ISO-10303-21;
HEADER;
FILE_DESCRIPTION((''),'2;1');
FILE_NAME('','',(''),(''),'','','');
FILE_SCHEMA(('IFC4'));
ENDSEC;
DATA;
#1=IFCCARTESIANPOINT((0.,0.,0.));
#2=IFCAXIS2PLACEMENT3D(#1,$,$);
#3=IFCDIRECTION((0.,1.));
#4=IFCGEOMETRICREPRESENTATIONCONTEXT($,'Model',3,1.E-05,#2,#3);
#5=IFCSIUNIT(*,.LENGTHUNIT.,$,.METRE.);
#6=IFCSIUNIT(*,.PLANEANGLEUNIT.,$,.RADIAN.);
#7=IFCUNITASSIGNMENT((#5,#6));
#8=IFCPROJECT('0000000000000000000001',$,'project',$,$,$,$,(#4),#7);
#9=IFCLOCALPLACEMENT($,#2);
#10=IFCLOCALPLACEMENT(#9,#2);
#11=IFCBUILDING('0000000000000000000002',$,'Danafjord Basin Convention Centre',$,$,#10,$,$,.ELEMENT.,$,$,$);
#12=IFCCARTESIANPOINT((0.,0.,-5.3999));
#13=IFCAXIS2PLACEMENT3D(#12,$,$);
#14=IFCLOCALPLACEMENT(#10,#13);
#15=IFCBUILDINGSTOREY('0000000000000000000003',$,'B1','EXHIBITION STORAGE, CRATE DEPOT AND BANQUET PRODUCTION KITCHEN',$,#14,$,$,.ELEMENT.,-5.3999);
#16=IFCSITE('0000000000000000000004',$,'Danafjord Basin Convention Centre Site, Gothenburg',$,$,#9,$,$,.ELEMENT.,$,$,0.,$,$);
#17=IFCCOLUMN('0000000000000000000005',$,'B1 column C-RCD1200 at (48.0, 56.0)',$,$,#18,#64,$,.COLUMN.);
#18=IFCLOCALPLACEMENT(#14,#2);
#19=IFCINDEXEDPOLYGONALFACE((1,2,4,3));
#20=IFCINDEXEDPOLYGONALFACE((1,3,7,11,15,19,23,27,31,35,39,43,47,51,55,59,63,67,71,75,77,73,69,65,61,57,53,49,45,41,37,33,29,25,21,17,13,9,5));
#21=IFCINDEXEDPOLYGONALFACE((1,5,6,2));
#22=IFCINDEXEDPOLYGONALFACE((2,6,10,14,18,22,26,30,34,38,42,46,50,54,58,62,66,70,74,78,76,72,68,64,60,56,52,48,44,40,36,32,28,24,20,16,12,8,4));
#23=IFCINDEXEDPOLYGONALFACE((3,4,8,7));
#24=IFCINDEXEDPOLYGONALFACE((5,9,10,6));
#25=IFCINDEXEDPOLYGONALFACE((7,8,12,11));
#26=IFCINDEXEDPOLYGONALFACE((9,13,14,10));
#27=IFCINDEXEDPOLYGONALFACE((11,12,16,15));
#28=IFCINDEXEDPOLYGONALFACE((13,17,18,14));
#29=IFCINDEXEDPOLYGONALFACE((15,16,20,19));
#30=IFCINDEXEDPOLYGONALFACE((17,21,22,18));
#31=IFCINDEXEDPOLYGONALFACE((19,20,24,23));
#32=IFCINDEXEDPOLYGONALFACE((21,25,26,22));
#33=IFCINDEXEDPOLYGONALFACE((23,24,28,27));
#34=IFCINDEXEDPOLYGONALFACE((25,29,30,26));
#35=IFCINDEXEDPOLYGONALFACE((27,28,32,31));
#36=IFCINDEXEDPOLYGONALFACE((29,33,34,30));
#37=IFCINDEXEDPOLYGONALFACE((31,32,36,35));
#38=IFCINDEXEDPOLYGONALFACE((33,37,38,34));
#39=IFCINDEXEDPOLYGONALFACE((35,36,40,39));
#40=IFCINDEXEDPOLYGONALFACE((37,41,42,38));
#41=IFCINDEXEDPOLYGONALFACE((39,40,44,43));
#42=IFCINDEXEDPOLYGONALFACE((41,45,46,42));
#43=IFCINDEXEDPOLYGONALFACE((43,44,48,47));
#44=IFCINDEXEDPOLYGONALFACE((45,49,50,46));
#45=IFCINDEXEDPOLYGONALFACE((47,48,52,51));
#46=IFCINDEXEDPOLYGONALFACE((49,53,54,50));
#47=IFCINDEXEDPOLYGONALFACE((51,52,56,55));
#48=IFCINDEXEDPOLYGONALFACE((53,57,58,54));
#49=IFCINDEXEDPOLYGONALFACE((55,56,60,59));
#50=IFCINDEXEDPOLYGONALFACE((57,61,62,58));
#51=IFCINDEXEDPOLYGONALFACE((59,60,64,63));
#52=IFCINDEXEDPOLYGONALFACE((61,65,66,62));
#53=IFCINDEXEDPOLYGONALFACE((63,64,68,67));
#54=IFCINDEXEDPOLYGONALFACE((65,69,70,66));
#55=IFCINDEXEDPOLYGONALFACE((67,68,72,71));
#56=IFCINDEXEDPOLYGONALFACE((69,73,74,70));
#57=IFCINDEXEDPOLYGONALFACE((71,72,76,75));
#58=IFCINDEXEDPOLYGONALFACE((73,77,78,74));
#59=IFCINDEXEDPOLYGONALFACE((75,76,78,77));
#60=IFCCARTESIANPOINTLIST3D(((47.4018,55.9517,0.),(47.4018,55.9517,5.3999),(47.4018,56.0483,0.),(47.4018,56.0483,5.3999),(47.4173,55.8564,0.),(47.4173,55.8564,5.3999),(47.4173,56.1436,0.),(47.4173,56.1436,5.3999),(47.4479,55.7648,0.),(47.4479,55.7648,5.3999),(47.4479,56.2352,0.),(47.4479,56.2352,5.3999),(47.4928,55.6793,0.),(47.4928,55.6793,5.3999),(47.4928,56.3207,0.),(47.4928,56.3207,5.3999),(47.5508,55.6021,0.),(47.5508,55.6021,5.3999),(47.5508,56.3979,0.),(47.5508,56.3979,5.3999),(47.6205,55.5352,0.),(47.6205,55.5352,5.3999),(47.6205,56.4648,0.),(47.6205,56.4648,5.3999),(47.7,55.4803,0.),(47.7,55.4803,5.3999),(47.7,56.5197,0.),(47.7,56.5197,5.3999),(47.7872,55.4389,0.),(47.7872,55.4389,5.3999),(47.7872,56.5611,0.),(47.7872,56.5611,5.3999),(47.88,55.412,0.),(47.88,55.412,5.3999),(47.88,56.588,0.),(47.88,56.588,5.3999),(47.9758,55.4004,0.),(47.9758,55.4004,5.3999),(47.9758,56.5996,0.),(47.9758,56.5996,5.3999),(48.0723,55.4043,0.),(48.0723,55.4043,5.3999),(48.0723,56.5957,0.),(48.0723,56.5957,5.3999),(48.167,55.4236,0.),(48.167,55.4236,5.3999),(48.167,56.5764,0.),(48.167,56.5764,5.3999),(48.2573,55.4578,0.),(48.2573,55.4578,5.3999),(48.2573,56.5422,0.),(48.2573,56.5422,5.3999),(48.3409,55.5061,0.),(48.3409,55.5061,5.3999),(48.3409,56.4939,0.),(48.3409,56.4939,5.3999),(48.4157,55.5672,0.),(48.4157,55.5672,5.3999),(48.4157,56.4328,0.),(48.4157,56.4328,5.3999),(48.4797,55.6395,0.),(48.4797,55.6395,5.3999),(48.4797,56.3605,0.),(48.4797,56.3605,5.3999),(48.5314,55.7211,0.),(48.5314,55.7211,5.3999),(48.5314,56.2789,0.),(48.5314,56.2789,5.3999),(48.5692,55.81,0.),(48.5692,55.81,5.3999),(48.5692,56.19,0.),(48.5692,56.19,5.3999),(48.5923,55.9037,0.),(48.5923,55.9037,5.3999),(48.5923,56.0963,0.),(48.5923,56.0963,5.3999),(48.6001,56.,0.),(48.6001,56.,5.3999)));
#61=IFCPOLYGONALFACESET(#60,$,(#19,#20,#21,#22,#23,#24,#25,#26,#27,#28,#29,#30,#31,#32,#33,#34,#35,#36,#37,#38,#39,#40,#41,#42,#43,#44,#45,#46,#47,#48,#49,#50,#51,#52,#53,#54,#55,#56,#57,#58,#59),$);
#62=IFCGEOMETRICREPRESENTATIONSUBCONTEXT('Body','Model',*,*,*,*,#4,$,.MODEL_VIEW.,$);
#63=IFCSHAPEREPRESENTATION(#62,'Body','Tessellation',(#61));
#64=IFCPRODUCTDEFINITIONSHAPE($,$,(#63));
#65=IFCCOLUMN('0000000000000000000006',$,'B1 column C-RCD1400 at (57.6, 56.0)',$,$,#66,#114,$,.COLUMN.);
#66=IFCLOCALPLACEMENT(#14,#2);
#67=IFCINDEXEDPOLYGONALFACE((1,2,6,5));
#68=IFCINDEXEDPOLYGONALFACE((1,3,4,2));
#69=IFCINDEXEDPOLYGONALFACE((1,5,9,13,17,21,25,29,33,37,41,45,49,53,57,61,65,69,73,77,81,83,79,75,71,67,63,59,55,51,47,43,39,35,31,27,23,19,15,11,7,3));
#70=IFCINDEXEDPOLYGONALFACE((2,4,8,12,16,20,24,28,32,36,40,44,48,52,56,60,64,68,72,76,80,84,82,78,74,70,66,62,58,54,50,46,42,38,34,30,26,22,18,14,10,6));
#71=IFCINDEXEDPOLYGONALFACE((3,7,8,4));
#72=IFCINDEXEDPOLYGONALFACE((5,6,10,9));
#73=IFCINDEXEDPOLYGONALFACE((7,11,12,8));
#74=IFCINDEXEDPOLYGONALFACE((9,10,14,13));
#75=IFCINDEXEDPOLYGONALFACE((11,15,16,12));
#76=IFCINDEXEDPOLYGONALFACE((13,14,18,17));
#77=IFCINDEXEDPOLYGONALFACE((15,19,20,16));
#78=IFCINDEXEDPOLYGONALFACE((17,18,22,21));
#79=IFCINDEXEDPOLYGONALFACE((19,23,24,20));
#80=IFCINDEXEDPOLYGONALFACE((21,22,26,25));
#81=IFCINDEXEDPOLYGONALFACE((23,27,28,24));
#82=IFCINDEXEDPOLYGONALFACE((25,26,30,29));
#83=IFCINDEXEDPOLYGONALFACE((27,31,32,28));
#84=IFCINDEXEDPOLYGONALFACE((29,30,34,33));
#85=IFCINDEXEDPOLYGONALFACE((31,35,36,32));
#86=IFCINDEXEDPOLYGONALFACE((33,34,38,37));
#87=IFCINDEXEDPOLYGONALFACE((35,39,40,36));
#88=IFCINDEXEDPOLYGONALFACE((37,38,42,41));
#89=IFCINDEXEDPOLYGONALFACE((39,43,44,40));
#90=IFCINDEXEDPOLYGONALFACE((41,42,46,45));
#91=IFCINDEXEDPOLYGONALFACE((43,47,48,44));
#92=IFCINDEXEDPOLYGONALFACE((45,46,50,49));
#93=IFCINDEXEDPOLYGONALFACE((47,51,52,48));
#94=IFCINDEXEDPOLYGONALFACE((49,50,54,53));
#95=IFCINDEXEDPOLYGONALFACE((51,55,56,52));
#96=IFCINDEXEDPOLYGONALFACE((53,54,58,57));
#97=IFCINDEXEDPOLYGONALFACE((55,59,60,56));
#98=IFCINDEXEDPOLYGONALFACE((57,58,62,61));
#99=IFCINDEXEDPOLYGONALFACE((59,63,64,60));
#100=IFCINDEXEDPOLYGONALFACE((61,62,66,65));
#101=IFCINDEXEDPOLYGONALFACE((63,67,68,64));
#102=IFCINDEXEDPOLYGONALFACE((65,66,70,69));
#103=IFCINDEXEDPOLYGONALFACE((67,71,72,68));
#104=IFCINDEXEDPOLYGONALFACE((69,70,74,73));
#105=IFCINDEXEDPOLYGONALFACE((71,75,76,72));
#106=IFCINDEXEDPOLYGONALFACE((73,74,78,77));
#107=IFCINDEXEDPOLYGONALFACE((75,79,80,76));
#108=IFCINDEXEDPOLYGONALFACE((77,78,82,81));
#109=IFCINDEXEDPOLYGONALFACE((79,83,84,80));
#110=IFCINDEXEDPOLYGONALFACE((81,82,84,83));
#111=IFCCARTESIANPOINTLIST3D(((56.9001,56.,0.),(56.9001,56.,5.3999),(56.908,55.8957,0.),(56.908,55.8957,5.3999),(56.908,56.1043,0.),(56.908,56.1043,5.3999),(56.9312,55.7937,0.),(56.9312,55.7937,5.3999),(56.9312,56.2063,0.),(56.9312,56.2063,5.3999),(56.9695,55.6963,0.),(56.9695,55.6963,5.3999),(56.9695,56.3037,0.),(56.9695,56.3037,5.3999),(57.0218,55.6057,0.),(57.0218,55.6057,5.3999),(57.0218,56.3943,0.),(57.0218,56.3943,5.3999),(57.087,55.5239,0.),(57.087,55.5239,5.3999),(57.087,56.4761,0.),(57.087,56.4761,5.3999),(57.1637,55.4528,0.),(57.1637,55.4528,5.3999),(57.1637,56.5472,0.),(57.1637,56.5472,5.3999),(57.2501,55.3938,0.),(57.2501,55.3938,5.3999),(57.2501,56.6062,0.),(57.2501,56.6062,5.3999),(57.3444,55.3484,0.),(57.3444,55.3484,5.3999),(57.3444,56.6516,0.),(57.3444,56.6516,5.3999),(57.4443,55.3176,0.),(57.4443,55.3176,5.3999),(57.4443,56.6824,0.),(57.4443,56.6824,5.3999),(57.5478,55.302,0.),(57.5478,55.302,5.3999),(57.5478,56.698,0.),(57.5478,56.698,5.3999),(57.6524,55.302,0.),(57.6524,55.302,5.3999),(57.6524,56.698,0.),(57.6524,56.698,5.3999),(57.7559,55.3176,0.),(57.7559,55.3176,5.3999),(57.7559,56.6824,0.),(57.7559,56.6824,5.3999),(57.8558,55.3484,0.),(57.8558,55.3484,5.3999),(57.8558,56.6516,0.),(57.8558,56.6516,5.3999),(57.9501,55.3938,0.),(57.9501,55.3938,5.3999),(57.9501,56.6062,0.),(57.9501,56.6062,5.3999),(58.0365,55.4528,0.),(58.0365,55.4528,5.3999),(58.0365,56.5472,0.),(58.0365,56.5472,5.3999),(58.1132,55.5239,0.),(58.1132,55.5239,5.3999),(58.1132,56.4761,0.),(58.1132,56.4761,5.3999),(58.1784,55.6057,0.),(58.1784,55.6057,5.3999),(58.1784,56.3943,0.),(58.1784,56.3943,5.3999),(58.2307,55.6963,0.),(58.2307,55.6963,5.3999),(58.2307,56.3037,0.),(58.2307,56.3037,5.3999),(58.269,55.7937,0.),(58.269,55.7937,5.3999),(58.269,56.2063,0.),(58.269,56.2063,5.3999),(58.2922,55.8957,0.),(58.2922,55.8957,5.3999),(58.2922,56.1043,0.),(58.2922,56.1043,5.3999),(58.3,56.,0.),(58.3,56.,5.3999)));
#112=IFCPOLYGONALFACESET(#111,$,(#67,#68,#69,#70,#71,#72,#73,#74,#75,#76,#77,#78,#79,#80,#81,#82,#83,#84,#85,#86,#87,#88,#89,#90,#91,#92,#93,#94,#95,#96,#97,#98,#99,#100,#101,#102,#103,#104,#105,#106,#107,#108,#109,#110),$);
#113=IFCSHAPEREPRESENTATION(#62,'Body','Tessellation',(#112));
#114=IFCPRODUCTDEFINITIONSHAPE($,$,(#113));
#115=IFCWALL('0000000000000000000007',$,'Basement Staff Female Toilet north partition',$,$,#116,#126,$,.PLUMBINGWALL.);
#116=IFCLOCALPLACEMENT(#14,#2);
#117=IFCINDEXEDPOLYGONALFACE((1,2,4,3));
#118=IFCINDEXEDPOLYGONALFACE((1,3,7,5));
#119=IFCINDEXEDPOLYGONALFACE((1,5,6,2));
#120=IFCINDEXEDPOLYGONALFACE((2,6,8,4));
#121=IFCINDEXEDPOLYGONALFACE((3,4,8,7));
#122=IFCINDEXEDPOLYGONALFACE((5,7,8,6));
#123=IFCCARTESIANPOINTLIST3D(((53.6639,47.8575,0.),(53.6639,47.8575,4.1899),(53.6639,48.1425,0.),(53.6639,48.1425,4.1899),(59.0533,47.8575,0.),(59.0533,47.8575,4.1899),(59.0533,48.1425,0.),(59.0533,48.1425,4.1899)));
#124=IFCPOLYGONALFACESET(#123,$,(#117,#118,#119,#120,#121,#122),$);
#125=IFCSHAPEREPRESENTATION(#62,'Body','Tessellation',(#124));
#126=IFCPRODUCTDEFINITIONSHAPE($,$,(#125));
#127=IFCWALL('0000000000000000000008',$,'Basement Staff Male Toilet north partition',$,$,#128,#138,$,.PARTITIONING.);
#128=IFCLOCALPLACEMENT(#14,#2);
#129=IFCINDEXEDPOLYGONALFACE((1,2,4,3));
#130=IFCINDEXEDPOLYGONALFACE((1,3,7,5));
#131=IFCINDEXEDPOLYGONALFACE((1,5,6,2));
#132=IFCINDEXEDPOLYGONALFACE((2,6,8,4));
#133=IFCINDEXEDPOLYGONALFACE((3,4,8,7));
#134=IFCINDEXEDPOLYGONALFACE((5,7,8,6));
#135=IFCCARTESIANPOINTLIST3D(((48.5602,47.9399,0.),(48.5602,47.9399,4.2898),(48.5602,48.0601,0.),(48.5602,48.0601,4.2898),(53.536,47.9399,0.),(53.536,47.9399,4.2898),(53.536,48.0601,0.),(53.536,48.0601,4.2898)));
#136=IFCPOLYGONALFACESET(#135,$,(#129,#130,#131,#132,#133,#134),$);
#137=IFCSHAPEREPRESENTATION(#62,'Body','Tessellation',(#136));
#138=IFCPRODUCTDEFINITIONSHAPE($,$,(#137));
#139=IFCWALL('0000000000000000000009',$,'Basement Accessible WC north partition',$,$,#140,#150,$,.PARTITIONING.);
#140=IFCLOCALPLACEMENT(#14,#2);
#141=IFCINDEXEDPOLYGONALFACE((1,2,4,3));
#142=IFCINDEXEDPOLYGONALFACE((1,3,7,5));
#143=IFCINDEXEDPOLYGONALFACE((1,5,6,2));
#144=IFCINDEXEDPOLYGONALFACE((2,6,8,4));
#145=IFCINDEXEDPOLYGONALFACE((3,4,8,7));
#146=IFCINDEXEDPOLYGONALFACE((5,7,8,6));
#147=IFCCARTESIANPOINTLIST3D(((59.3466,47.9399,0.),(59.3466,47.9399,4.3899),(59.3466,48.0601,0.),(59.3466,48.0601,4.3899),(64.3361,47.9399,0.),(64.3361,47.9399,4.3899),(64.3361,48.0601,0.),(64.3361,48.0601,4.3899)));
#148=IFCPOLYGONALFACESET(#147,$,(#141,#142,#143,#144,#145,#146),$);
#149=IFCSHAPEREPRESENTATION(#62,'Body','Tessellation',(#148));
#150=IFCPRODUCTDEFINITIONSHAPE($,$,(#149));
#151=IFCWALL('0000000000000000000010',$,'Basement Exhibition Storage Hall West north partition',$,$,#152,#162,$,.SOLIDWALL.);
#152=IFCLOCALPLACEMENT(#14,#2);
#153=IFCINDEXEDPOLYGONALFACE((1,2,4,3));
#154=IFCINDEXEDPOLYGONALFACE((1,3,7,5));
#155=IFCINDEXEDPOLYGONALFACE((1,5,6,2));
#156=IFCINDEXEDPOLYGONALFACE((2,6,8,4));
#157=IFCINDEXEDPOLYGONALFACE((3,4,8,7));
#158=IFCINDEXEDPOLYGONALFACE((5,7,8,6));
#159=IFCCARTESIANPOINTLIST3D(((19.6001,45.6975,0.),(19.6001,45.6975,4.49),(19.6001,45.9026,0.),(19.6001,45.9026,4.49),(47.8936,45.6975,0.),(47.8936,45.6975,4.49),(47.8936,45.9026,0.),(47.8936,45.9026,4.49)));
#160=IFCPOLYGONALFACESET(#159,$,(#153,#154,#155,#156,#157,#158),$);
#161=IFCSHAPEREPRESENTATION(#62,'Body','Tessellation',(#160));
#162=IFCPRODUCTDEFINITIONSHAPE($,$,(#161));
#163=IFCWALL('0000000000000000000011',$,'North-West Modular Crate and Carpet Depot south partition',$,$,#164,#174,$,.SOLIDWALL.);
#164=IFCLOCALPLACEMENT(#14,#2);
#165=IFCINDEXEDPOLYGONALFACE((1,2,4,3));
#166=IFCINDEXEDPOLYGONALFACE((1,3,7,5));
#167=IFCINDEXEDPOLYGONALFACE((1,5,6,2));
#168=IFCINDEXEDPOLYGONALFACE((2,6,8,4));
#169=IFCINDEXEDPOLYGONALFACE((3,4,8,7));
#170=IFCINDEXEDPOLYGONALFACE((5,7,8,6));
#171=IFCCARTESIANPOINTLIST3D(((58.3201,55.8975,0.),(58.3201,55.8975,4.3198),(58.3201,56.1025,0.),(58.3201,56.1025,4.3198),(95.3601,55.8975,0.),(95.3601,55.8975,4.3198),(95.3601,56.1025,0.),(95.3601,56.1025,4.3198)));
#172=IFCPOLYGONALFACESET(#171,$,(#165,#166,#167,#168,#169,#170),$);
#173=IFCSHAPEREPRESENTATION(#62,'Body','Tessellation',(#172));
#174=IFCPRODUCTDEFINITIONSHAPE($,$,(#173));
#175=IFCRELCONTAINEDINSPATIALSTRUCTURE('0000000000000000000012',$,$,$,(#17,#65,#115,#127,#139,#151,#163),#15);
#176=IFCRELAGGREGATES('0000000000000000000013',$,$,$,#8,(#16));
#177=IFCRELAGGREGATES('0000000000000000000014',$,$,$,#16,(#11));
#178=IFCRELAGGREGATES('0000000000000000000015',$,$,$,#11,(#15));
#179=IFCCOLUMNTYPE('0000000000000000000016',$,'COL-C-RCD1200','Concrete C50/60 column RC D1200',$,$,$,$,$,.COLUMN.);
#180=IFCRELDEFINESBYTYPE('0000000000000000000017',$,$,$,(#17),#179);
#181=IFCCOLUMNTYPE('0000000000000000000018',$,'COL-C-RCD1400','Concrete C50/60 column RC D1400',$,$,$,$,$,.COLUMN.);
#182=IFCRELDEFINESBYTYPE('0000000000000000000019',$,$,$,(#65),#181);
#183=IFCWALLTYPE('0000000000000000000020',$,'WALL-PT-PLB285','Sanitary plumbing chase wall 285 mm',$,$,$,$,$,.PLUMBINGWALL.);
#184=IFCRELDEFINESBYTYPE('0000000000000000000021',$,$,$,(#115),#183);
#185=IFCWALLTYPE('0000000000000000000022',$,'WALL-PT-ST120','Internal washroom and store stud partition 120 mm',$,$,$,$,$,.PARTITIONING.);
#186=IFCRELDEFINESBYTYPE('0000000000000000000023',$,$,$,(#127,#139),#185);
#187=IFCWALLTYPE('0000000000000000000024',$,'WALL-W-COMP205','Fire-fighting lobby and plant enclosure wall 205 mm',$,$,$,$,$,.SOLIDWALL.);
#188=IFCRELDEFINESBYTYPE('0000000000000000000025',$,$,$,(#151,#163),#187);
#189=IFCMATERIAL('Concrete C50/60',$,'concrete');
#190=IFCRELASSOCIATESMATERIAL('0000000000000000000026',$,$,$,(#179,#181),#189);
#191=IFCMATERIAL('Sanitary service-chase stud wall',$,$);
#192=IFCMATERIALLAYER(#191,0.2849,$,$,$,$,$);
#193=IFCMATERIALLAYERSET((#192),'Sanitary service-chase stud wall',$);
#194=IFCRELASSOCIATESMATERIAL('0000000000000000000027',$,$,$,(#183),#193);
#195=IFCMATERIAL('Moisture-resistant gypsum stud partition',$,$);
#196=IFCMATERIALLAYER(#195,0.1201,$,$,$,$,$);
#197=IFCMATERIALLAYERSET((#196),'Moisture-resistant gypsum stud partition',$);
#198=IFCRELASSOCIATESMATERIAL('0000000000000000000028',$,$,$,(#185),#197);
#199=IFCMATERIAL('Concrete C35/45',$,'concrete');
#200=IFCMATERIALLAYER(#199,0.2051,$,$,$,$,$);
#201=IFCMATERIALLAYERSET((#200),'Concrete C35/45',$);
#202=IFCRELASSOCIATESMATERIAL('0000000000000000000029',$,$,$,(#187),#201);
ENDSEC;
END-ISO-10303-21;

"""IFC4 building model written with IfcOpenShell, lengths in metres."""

from ifc_helpers import new_model, si_unit, direction, frame, frame_2d, origin, origin_2d, place, context, subcontext, project, spatial, rectangle, circle, extrude, material, layer, layer_set, material_profile, profile_set, type_object, element, save


model = new_model("IFC4")

# Units and contexts
model_context = context("Model", 3, precision=1e-05, world=origin(), true_north=direction((0.0, 1.0)))
body_context = subcontext(model_context, "Body", "Model", "MODEL_VIEW")
ifc_project = project(units=[si_unit("LENGTHUNIT", "METRE"), si_unit("PLANEANGLEUNIT", "RADIAN")], contexts=[model_context])

# Site, building, storey
site_placement = place(None, origin())
site = spatial("IfcSite", under=ifc_project, at=site_placement, Name="Danafjord Basin Convention Centre Site, Gothenburg", CompositionType="ELEMENT", RefElevation=0.0)
building_placement = place(site_placement, origin())
building = spatial("IfcBuilding", under=site, at=building_placement, Name="Danafjord Basin Convention Centre", CompositionType="ELEMENT")
storey_placement = place(building_placement, frame((0.0, 0.0, -5.3999)))
storey = spatial("IfcBuildingStorey", under=building, at=storey_placement, Name="B1", Description="EXHIBITION STORAGE, CRATE DEPOT AND BANQUET PRODUCTION KITCHEN", CompositionType="ELEMENT", Elevation=-5.3999)

# Shared definitions
ifc_material_1 = material(Name="Concrete C35/45", Category="concrete")

# Columns
ifc_material_2 = material(Name="Concrete C50/60", Category="concrete")
ifc_material_profile_1 = material_profile(ifc_material_2, circle(Radius=0.6001, at=origin_2d()), Name="RC D1200")
ifc_profile_set_1 = profile_set([ifc_material_profile_1], Name="Concrete C50/60")
column_type_1 = type_object("IfcColumnType", Name="COL-C-RCD1200", Description="Concrete C50/60 column RC D1200", PredefinedType="COLUMN", material=ifc_profile_set_1)
column_1_placement = place(storey_placement, frame((48.0, 56.0, 0.0), z_axis=(0.0, 0.0, 1.0), x_axis=(1.0, 0.0, 0.0)))
element("IfcColumn", 1, at=column_1_placement, inside=storey, type_object=column_type_1, Name="B1 column C-RCD1200 at (48.0, 56.0)", PredefinedType="COLUMN", context=body_context, shape_type="SweptSolid", body=[
    extrude(circle(Radius=0.6001, at=origin_2d()), origin(), (0.0, 0.0, 1.0), 5.3999),
])
ifc_material_profile_2 = material_profile(ifc_material_2, circle(Radius=0.7, at=origin_2d()), Name="RC D1400")
ifc_profile_set_2 = profile_set([ifc_material_profile_2], Name="Concrete C50/60")
column_type_2 = type_object("IfcColumnType", Name="COL-C-RCD1400", Description="Concrete C50/60 column RC D1400", PredefinedType="COLUMN", material=ifc_profile_set_2)
column_2_placement = place(storey_placement, frame((57.6001, 56.0, 0.0), z_axis=(0.0, 0.0, 1.0), x_axis=(1.0, 0.0, 0.0)))
element("IfcColumn", 2, at=column_2_placement, inside=storey, type_object=column_type_2, Name="B1 column C-RCD1400 at (57.6, 56.0)", PredefinedType="COLUMN", context=body_context, shape_type="SweptSolid", body=[
    extrude(circle(Radius=0.7, at=origin_2d()), origin(), (0.0, 0.0, 1.0), 5.3999),
])

# Walls
ifc_material_3 = material(Name="Sanitary service-chase stud wall")
ifc_layer_1 = layer(ifc_material_3, 0.2849)
ifc_layer_set_1 = layer_set([ifc_layer_1], Name="Sanitary service-chase stud wall")
wall_type_1 = type_object("IfcWallType", Name="WALL-PT-PLB285", Description="Sanitary plumbing chase wall 285 mm", PredefinedType="PLUMBINGWALL", material=ifc_layer_set_1)
wall_1_placement = place(storey_placement, frame((59.0535, 48.0, 0.0), z_axis=(0.0, 0.0, 1.0), x_axis=(-1.0, 0.0, 0.0)))
element("IfcWall", 3, at=wall_1_placement, inside=storey, type_object=wall_type_1, Name="Basement Staff Female Toilet north partition", PredefinedType="PLUMBINGWALL", context=body_context, shape_type="SweptSolid", body=[
    extrude(rectangle(XDim=5.3894, YDim=0.2849, at=frame_2d((2.6948, 0.0))), origin(), (0.0, 0.0, 1.0), 4.1899),
])
ifc_material_4 = material(Name="Moisture-resistant gypsum stud partition")
ifc_layer_2 = layer(ifc_material_4, 0.1201)
ifc_layer_set_2 = layer_set([ifc_layer_2], Name="Moisture-resistant gypsum stud partition")
wall_type_2 = type_object("IfcWallType", Name="WALL-PT-ST120", Description="Internal washroom and store stud partition 120 mm", PredefinedType="PARTITIONING", material=ifc_layer_set_2)
wall_2_placement = place(storey_placement, frame((53.5359, 48.0, 0.0), z_axis=(0.0, 0.0, 1.0), x_axis=(-1.0, 0.0, 0.0)))
element("IfcWall", 4, at=wall_2_placement, inside=storey, type_object=wall_type_2, Name="Basement Staff Male Toilet north partition", PredefinedType="PARTITIONING", context=body_context, shape_type="SweptSolid", body=[
    extrude(rectangle(XDim=4.9758, YDim=0.1201, at=frame_2d((2.4878, 0.0))), origin(), (0.0, 0.0, 1.0), 4.2898),
])
wall_3_placement = place(storey_placement, frame((64.3359, 48.0, 0.0), z_axis=(0.0, 0.0, 1.0), x_axis=(-1.0, 0.0, 0.0)))
element("IfcWall", 5, at=wall_3_placement, inside=storey, type_object=wall_type_2, Name="Basement Accessible WC north partition", PredefinedType="PARTITIONING", context=body_context, shape_type="SweptSolid", body=[
    extrude(rectangle(XDim=4.9895, YDim=0.1201, at=frame_2d((2.4946, 0.0))), origin(), (0.0, 0.0, 1.0), 4.3899),
])
ifc_layer_3 = layer(ifc_material_1, 0.2051)
ifc_layer_set_3 = layer_set([ifc_layer_3], Name="Concrete C35/45")
wall_type_3 = type_object("IfcWallType", Name="WALL-W-COMP205", Description="Fire-fighting lobby and plant enclosure wall 205 mm", PredefinedType="SOLIDWALL", material=ifc_layer_set_3)
wall_4_placement = place(storey_placement, frame((47.8936, 45.8, 0.0), z_axis=(0.0, 0.0, 1.0), x_axis=(-1.0, 0.0, 0.0)))
element("IfcWall", 6, at=wall_4_placement, inside=storey, type_object=wall_type_3, Name="Basement Exhibition Storage Hall West north partition", PredefinedType="SOLIDWALL", context=body_context, shape_type="SweptSolid", body=[
    extrude(rectangle(XDim=28.2935, YDim=0.2051, at=frame_2d((14.1467, 0.0))), origin(), (0.0, 0.0, 1.0), 4.49),
])
wall_5_placement = place(storey_placement, frame((58.3201, 56.0, 0.0), z_axis=(0.0, 0.0, 1.0), x_axis=(1.0, 0.0, 0.0)))
element("IfcWall", 7, at=wall_5_placement, inside=storey, type_object=wall_type_3, Name="North-West Modular Crate and Carpet Depot south partition", PredefinedType="SOLIDWALL", context=body_context, shape_type="SweptSolid", body=[
    extrude(rectangle(XDim=37.04, YDim=0.2051, at=frame_2d((18.52, 0.0))), origin(), (0.0, 0.0, 1.0), 4.3198),
])

save(model, "model.ifc")
